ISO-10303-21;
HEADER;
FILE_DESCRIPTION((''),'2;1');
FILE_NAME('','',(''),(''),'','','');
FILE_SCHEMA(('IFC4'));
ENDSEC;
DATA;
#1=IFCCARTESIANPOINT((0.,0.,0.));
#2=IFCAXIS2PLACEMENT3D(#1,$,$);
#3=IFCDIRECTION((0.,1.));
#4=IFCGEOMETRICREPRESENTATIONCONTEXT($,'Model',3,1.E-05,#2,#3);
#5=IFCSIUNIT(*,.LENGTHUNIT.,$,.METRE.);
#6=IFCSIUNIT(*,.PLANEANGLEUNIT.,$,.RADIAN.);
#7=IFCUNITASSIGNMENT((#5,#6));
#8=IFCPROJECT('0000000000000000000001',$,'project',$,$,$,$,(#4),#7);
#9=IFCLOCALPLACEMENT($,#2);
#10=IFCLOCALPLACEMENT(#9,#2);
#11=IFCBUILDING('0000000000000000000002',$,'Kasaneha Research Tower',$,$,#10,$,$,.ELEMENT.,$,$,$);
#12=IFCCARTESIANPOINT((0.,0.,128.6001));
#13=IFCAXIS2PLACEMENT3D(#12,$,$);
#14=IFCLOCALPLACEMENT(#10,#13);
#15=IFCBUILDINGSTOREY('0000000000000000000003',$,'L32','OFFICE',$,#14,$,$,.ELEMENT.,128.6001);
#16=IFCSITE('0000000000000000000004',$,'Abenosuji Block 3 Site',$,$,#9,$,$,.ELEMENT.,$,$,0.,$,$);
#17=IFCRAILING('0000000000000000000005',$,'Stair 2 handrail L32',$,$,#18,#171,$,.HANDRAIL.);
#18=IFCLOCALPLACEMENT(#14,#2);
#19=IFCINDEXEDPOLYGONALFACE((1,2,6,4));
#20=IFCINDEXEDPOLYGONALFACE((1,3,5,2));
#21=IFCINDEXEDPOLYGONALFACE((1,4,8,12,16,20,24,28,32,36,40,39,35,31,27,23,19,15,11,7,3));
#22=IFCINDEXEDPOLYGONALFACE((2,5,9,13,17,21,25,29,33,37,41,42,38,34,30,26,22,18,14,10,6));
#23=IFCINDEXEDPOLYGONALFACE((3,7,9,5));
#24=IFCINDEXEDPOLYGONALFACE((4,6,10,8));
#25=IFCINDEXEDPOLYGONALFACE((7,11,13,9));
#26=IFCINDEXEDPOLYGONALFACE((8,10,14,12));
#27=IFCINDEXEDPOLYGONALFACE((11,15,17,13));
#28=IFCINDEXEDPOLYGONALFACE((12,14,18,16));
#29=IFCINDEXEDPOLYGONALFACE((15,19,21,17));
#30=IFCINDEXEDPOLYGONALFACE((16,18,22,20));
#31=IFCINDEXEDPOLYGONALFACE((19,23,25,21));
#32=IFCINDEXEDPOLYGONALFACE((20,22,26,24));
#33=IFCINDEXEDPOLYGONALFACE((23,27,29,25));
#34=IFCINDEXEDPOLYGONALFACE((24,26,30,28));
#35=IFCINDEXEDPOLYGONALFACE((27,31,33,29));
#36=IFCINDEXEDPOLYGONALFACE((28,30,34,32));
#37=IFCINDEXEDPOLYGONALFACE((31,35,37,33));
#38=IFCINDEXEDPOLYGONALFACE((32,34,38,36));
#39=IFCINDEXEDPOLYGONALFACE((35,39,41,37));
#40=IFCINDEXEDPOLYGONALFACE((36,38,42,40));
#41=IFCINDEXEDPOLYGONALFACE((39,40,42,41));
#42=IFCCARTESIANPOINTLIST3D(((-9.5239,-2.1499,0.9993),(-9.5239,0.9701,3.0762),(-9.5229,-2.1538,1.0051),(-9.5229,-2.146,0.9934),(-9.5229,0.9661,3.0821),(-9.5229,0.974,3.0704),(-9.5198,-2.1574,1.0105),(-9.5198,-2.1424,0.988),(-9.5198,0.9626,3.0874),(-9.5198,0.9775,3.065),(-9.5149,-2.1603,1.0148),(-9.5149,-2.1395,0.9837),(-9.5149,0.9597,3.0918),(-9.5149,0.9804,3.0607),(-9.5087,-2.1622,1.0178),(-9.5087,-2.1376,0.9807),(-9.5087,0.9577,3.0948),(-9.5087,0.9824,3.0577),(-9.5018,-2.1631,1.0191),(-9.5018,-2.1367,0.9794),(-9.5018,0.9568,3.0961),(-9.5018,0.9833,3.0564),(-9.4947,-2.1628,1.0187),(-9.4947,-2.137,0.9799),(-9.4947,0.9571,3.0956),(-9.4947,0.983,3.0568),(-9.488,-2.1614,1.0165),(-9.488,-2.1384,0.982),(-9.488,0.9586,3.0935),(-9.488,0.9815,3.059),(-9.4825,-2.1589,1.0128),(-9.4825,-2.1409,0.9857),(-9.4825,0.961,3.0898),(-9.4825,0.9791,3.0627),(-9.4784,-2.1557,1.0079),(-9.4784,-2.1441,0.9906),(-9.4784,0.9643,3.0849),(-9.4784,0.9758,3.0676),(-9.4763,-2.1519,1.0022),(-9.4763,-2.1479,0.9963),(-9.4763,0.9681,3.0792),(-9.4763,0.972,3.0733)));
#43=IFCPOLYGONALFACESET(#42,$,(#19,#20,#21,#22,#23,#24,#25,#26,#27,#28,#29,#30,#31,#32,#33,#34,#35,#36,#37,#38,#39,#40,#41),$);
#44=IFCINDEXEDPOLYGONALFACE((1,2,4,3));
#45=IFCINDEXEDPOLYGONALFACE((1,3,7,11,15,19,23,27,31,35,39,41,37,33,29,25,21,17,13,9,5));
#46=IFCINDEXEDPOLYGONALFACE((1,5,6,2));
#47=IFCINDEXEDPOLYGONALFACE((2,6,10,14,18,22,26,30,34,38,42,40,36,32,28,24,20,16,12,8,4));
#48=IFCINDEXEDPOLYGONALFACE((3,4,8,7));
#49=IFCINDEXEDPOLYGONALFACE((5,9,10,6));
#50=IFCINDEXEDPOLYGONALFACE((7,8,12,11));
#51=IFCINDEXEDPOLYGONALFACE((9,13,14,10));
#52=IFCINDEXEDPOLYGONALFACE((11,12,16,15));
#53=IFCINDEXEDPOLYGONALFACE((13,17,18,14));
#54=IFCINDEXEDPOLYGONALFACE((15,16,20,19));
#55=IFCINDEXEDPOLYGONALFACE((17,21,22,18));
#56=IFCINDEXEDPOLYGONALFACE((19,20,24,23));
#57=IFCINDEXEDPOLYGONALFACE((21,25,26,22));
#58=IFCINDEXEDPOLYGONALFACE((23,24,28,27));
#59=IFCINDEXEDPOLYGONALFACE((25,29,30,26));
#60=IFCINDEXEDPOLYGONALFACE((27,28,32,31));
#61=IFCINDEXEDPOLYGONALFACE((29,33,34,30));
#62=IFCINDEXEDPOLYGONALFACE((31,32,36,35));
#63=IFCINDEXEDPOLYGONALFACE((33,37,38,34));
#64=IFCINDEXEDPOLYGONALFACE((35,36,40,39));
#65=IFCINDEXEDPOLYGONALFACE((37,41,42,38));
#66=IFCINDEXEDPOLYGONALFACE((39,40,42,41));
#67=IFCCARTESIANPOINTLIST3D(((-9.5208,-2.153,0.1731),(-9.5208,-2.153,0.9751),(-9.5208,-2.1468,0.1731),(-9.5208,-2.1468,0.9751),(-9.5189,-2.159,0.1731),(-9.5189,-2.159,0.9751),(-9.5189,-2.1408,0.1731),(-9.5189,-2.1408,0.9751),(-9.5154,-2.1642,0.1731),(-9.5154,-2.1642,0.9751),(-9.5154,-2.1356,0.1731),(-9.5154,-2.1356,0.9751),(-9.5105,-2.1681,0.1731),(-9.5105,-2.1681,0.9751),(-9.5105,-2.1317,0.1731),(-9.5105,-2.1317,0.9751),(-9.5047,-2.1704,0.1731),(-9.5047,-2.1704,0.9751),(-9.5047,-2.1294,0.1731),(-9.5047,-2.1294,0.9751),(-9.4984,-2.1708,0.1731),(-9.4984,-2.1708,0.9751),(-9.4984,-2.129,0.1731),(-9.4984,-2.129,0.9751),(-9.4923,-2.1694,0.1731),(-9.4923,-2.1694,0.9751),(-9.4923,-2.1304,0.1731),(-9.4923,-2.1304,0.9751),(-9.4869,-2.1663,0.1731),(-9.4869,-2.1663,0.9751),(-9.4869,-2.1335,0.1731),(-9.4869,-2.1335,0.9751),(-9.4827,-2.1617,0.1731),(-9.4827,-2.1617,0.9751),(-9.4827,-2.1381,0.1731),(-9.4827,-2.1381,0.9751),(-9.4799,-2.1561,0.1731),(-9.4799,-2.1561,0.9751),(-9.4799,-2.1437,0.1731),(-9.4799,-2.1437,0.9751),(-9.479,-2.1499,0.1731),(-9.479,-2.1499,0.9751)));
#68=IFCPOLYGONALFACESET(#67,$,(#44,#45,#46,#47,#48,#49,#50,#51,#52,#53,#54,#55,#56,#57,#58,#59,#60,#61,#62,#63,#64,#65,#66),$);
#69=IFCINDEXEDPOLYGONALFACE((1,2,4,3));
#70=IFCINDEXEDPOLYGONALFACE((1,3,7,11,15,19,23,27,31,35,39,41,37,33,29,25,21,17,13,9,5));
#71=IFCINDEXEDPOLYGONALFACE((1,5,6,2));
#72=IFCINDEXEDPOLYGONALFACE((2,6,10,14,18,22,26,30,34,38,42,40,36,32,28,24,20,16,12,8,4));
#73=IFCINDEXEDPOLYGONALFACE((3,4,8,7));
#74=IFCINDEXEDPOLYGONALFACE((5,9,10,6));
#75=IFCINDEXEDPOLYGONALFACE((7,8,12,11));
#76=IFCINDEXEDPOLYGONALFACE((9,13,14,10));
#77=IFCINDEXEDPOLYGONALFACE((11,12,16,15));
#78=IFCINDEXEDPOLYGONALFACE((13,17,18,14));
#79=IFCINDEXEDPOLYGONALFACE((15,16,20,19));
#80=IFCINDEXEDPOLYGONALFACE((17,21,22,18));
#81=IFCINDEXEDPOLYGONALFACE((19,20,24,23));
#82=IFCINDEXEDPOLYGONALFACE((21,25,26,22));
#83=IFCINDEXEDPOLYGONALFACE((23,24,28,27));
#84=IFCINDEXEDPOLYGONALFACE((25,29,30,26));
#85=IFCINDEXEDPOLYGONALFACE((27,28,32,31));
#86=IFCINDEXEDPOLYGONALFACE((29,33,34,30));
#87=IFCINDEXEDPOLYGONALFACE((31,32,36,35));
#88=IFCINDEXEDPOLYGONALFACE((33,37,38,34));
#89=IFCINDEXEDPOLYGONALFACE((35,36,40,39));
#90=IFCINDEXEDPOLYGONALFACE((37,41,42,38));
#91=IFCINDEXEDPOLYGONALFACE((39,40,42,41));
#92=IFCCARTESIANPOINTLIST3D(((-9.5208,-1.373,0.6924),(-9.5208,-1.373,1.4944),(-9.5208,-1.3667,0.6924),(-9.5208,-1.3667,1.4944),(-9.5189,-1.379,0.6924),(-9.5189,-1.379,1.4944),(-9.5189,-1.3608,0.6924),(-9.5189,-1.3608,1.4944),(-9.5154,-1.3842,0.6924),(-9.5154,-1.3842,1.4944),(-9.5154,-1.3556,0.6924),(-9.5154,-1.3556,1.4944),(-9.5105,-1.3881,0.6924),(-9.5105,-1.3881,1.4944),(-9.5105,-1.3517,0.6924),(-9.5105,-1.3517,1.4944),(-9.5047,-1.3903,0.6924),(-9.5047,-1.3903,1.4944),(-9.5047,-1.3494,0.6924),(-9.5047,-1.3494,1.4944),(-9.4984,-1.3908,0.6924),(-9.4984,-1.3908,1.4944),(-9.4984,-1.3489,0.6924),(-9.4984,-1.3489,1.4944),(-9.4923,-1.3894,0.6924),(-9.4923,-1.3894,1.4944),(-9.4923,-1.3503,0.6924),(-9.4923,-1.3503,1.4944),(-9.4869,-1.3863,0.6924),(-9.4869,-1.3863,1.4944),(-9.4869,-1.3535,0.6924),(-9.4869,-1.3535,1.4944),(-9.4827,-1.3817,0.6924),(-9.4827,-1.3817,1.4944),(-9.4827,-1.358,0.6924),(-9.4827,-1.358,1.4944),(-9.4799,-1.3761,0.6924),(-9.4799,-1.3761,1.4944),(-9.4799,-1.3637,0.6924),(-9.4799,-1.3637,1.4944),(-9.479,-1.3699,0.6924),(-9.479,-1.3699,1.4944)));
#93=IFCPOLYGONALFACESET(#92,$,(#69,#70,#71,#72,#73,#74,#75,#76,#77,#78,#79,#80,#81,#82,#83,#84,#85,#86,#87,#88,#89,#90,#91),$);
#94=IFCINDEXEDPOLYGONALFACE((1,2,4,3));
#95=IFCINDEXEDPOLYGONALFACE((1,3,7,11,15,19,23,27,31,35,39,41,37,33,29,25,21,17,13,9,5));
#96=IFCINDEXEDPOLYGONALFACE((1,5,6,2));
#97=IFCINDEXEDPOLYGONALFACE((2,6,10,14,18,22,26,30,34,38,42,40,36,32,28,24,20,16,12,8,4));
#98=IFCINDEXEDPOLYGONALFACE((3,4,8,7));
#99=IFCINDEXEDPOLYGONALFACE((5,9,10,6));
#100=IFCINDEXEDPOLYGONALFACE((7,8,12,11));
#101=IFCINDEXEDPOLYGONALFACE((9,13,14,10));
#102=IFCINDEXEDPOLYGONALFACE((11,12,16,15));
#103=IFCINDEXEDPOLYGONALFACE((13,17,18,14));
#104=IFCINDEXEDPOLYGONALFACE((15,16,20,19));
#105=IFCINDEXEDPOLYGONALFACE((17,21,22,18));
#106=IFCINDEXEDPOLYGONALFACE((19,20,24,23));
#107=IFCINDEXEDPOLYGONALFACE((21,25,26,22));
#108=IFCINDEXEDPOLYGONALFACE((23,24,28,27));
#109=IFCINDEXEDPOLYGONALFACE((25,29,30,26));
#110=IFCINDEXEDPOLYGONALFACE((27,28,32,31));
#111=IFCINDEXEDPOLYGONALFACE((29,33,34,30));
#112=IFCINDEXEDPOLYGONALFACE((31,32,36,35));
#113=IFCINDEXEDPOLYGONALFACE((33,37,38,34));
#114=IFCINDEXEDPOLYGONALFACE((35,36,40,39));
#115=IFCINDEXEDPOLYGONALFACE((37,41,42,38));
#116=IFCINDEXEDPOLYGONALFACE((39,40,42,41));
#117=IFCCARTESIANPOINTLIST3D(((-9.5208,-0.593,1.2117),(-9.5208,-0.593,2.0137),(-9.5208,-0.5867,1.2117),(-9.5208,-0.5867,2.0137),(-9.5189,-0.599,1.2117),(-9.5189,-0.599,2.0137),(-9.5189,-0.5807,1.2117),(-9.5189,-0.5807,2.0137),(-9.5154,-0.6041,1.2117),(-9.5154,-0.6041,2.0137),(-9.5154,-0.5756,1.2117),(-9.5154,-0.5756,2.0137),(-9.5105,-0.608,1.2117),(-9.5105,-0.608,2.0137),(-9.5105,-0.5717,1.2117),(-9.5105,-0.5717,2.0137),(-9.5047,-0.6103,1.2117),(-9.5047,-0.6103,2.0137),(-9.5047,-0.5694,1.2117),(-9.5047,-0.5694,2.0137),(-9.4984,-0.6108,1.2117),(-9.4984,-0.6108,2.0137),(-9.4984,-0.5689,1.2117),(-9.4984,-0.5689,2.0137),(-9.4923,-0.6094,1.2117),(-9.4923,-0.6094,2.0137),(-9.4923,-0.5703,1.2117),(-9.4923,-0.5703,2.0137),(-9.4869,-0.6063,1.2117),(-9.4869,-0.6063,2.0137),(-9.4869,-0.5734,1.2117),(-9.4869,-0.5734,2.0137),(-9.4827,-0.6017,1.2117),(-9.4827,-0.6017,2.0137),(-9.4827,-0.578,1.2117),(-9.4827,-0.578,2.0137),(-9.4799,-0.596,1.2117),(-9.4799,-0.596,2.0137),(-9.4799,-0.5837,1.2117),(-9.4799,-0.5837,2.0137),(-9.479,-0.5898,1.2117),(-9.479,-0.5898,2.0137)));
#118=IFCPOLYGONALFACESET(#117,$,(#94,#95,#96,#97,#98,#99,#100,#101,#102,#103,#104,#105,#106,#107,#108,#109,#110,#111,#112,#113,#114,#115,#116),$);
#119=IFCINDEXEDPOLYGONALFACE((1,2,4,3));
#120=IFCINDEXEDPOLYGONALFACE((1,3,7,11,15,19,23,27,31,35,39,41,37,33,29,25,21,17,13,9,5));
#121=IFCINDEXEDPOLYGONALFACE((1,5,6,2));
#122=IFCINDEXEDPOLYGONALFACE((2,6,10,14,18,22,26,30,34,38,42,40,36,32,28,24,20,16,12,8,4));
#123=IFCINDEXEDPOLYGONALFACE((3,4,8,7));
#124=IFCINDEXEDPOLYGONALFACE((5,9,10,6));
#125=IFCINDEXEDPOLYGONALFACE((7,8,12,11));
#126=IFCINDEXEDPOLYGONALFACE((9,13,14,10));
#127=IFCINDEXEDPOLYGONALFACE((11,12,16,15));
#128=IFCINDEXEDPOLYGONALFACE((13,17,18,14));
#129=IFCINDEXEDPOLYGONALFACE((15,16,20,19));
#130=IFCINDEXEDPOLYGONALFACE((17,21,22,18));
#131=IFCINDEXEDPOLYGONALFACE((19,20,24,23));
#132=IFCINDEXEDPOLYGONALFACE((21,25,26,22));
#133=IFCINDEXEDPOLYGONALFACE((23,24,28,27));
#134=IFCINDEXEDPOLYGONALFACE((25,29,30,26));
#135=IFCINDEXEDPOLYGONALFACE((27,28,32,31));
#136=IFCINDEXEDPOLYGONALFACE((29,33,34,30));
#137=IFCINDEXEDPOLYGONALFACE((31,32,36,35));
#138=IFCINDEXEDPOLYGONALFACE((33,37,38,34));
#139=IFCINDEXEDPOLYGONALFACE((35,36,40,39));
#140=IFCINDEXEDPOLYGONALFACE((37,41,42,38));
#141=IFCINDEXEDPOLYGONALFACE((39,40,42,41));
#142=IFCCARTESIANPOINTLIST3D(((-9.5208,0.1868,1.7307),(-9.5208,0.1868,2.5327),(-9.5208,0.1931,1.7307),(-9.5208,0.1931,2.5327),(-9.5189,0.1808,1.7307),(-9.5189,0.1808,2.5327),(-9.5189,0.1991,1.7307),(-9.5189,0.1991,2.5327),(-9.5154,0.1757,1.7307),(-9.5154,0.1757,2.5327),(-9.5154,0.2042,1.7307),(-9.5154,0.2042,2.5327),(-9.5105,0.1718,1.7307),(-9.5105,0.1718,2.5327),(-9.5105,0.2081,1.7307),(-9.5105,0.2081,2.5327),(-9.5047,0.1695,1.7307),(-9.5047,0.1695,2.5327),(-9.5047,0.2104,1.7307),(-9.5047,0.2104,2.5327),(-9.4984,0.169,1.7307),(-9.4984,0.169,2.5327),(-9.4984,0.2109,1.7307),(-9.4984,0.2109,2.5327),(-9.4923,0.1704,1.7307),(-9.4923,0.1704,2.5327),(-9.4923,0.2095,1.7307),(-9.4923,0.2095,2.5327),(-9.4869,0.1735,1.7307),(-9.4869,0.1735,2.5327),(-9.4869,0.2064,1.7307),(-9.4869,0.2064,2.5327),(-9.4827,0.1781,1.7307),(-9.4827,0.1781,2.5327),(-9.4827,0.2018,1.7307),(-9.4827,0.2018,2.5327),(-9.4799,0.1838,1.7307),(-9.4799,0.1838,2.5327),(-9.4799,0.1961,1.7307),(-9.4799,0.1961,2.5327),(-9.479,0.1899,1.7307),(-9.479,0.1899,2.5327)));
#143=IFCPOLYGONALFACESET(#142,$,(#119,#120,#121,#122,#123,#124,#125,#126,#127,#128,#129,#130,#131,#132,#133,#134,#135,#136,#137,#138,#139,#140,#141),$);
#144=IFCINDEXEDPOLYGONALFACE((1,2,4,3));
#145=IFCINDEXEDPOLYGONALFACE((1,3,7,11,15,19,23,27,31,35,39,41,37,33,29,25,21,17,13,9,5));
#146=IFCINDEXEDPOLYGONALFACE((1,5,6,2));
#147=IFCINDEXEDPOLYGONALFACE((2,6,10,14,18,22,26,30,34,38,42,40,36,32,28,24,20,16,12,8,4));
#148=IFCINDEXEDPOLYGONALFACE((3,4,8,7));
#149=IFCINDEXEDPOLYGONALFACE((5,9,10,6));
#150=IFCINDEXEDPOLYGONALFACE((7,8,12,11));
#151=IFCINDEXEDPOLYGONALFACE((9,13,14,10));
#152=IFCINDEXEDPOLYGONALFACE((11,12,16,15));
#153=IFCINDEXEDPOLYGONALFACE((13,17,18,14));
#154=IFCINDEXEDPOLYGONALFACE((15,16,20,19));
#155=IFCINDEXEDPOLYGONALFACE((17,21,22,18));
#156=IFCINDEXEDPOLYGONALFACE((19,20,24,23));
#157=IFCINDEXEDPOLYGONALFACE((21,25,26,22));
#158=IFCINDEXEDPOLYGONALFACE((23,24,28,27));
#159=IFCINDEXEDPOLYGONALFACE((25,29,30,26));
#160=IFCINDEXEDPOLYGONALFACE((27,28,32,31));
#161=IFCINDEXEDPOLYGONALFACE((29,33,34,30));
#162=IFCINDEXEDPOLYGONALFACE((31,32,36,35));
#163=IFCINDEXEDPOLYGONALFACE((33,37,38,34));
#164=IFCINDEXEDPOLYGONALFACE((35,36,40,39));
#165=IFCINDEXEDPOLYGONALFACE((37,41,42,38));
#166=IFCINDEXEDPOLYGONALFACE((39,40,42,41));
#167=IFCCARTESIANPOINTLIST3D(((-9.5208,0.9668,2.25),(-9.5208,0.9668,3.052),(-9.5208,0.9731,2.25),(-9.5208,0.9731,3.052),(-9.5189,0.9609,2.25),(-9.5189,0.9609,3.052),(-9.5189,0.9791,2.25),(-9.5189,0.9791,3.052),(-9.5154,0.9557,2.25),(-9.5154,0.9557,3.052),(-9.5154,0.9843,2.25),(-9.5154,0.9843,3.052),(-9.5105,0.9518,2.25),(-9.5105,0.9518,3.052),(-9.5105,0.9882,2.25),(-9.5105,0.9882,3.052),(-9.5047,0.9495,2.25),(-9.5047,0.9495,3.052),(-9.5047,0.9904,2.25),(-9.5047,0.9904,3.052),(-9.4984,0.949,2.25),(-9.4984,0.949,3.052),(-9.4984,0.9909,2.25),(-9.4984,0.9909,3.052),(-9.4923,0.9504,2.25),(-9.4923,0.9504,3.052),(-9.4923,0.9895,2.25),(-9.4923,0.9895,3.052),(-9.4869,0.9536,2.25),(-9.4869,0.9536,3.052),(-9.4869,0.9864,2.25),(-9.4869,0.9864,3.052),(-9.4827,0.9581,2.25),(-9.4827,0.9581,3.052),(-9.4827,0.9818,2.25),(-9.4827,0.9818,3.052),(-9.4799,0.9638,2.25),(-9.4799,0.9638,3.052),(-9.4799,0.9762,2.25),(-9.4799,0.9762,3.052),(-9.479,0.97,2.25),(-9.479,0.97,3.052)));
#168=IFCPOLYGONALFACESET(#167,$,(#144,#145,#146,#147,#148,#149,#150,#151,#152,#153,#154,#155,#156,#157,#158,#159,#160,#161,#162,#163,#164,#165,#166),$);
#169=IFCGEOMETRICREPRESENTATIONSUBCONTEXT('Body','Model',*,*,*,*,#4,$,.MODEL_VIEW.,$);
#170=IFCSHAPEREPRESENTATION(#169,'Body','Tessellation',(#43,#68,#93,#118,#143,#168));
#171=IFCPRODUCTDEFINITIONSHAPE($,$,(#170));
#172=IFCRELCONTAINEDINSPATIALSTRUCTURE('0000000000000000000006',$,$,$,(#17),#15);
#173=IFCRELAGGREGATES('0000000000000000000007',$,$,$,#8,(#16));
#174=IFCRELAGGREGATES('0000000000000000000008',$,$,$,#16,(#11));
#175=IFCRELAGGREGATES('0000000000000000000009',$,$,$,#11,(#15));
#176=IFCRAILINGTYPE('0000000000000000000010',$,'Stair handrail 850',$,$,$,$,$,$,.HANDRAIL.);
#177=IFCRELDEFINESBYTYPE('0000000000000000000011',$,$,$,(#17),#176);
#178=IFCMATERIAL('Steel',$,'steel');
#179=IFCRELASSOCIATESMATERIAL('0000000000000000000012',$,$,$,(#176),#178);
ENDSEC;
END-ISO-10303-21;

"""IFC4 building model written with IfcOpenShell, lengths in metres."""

from ifc_helpers import new_model, si_unit, direction, frame, origin, origin_2d, place, context, subcontext, project, spatial, circle, extrude, material, type_object, element, save


model = new_model("IFC4")

# Units and contexts
model_context = context("Model", 3, precision=1e-05, world=origin(), true_north=direction((0.0, 1.0)))
body_context = subcontext(model_context, "Body", "Model", "MODEL_VIEW")
ifc_project = project(units=[si_unit("LENGTHUNIT", "METRE"), si_unit("PLANEANGLEUNIT", "RADIAN")], contexts=[model_context])

# Site, building, storey
site_placement = place(None, origin())
site = spatial("IfcSite", under=ifc_project, at=site_placement, Name="Abenosuji Block 3 Site", CompositionType="ELEMENT", RefElevation=0.0)
building_placement = place(site_placement, origin())
building = spatial("IfcBuilding", under=site, at=building_placement, Name="Kasaneha Research Tower", CompositionType="ELEMENT")
storey_placement = place(building_placement, frame((0.0, 0.0, 128.6001)))
storey = spatial("IfcBuildingStorey", under=building, at=storey_placement, Name="L32", Description="OFFICE", CompositionType="ELEMENT", Elevation=128.6001)

# Railing
ifc_material_1 = material(Name="Steel", Category="steel")
railing_type_1 = type_object("IfcRailingType", Name="Stair handrail 850", PredefinedType="HANDRAIL", material=ifc_material_1)
railing_1_placement = place(storey_placement, frame((-9.5, -2.1499, 0.1731)))
element("IfcRailing", 1, at=railing_1_placement, inside=storey, type_object=railing_type_1, Name="Stair 2 handrail L32", PredefinedType="HANDRAIL", context=body_context, shape_type="SweptSolid", body=[
    extrude(circle(Radius=0.0239, at=origin_2d()), frame((0.0, 0.0, 0.8262), z_axis=(0.0, 0.832421, 0.554144), x_axis=(-1.0, 0.0, 0.0)), (0.0, 0.0, 1.0), 3.748),
    extrude(circle(Radius=0.021, at=origin_2d()), origin(), (0.0, 0.0, 1.0), 0.802),
    extrude(circle(Radius=0.021, at=origin_2d()), frame((0.0, 0.78, 0.5193)), (0.0, 0.0, 1.0), 0.802),
    extrude(circle(Radius=0.021, at=origin_2d()), frame((0.0, 1.5601, 1.0386)), (0.0, 0.0, 1.0), 0.802),
    extrude(circle(Radius=0.021, at=origin_2d()), frame((0.0, 2.3398, 1.5576)), (0.0, 0.0, 1.0), 0.802),
    extrude(circle(Radius=0.021, at=origin_2d()), frame((0.0, 3.1199, 2.0769)), (0.0, 0.0, 1.0), 0.802),
])

save(model, "model.ifc")
